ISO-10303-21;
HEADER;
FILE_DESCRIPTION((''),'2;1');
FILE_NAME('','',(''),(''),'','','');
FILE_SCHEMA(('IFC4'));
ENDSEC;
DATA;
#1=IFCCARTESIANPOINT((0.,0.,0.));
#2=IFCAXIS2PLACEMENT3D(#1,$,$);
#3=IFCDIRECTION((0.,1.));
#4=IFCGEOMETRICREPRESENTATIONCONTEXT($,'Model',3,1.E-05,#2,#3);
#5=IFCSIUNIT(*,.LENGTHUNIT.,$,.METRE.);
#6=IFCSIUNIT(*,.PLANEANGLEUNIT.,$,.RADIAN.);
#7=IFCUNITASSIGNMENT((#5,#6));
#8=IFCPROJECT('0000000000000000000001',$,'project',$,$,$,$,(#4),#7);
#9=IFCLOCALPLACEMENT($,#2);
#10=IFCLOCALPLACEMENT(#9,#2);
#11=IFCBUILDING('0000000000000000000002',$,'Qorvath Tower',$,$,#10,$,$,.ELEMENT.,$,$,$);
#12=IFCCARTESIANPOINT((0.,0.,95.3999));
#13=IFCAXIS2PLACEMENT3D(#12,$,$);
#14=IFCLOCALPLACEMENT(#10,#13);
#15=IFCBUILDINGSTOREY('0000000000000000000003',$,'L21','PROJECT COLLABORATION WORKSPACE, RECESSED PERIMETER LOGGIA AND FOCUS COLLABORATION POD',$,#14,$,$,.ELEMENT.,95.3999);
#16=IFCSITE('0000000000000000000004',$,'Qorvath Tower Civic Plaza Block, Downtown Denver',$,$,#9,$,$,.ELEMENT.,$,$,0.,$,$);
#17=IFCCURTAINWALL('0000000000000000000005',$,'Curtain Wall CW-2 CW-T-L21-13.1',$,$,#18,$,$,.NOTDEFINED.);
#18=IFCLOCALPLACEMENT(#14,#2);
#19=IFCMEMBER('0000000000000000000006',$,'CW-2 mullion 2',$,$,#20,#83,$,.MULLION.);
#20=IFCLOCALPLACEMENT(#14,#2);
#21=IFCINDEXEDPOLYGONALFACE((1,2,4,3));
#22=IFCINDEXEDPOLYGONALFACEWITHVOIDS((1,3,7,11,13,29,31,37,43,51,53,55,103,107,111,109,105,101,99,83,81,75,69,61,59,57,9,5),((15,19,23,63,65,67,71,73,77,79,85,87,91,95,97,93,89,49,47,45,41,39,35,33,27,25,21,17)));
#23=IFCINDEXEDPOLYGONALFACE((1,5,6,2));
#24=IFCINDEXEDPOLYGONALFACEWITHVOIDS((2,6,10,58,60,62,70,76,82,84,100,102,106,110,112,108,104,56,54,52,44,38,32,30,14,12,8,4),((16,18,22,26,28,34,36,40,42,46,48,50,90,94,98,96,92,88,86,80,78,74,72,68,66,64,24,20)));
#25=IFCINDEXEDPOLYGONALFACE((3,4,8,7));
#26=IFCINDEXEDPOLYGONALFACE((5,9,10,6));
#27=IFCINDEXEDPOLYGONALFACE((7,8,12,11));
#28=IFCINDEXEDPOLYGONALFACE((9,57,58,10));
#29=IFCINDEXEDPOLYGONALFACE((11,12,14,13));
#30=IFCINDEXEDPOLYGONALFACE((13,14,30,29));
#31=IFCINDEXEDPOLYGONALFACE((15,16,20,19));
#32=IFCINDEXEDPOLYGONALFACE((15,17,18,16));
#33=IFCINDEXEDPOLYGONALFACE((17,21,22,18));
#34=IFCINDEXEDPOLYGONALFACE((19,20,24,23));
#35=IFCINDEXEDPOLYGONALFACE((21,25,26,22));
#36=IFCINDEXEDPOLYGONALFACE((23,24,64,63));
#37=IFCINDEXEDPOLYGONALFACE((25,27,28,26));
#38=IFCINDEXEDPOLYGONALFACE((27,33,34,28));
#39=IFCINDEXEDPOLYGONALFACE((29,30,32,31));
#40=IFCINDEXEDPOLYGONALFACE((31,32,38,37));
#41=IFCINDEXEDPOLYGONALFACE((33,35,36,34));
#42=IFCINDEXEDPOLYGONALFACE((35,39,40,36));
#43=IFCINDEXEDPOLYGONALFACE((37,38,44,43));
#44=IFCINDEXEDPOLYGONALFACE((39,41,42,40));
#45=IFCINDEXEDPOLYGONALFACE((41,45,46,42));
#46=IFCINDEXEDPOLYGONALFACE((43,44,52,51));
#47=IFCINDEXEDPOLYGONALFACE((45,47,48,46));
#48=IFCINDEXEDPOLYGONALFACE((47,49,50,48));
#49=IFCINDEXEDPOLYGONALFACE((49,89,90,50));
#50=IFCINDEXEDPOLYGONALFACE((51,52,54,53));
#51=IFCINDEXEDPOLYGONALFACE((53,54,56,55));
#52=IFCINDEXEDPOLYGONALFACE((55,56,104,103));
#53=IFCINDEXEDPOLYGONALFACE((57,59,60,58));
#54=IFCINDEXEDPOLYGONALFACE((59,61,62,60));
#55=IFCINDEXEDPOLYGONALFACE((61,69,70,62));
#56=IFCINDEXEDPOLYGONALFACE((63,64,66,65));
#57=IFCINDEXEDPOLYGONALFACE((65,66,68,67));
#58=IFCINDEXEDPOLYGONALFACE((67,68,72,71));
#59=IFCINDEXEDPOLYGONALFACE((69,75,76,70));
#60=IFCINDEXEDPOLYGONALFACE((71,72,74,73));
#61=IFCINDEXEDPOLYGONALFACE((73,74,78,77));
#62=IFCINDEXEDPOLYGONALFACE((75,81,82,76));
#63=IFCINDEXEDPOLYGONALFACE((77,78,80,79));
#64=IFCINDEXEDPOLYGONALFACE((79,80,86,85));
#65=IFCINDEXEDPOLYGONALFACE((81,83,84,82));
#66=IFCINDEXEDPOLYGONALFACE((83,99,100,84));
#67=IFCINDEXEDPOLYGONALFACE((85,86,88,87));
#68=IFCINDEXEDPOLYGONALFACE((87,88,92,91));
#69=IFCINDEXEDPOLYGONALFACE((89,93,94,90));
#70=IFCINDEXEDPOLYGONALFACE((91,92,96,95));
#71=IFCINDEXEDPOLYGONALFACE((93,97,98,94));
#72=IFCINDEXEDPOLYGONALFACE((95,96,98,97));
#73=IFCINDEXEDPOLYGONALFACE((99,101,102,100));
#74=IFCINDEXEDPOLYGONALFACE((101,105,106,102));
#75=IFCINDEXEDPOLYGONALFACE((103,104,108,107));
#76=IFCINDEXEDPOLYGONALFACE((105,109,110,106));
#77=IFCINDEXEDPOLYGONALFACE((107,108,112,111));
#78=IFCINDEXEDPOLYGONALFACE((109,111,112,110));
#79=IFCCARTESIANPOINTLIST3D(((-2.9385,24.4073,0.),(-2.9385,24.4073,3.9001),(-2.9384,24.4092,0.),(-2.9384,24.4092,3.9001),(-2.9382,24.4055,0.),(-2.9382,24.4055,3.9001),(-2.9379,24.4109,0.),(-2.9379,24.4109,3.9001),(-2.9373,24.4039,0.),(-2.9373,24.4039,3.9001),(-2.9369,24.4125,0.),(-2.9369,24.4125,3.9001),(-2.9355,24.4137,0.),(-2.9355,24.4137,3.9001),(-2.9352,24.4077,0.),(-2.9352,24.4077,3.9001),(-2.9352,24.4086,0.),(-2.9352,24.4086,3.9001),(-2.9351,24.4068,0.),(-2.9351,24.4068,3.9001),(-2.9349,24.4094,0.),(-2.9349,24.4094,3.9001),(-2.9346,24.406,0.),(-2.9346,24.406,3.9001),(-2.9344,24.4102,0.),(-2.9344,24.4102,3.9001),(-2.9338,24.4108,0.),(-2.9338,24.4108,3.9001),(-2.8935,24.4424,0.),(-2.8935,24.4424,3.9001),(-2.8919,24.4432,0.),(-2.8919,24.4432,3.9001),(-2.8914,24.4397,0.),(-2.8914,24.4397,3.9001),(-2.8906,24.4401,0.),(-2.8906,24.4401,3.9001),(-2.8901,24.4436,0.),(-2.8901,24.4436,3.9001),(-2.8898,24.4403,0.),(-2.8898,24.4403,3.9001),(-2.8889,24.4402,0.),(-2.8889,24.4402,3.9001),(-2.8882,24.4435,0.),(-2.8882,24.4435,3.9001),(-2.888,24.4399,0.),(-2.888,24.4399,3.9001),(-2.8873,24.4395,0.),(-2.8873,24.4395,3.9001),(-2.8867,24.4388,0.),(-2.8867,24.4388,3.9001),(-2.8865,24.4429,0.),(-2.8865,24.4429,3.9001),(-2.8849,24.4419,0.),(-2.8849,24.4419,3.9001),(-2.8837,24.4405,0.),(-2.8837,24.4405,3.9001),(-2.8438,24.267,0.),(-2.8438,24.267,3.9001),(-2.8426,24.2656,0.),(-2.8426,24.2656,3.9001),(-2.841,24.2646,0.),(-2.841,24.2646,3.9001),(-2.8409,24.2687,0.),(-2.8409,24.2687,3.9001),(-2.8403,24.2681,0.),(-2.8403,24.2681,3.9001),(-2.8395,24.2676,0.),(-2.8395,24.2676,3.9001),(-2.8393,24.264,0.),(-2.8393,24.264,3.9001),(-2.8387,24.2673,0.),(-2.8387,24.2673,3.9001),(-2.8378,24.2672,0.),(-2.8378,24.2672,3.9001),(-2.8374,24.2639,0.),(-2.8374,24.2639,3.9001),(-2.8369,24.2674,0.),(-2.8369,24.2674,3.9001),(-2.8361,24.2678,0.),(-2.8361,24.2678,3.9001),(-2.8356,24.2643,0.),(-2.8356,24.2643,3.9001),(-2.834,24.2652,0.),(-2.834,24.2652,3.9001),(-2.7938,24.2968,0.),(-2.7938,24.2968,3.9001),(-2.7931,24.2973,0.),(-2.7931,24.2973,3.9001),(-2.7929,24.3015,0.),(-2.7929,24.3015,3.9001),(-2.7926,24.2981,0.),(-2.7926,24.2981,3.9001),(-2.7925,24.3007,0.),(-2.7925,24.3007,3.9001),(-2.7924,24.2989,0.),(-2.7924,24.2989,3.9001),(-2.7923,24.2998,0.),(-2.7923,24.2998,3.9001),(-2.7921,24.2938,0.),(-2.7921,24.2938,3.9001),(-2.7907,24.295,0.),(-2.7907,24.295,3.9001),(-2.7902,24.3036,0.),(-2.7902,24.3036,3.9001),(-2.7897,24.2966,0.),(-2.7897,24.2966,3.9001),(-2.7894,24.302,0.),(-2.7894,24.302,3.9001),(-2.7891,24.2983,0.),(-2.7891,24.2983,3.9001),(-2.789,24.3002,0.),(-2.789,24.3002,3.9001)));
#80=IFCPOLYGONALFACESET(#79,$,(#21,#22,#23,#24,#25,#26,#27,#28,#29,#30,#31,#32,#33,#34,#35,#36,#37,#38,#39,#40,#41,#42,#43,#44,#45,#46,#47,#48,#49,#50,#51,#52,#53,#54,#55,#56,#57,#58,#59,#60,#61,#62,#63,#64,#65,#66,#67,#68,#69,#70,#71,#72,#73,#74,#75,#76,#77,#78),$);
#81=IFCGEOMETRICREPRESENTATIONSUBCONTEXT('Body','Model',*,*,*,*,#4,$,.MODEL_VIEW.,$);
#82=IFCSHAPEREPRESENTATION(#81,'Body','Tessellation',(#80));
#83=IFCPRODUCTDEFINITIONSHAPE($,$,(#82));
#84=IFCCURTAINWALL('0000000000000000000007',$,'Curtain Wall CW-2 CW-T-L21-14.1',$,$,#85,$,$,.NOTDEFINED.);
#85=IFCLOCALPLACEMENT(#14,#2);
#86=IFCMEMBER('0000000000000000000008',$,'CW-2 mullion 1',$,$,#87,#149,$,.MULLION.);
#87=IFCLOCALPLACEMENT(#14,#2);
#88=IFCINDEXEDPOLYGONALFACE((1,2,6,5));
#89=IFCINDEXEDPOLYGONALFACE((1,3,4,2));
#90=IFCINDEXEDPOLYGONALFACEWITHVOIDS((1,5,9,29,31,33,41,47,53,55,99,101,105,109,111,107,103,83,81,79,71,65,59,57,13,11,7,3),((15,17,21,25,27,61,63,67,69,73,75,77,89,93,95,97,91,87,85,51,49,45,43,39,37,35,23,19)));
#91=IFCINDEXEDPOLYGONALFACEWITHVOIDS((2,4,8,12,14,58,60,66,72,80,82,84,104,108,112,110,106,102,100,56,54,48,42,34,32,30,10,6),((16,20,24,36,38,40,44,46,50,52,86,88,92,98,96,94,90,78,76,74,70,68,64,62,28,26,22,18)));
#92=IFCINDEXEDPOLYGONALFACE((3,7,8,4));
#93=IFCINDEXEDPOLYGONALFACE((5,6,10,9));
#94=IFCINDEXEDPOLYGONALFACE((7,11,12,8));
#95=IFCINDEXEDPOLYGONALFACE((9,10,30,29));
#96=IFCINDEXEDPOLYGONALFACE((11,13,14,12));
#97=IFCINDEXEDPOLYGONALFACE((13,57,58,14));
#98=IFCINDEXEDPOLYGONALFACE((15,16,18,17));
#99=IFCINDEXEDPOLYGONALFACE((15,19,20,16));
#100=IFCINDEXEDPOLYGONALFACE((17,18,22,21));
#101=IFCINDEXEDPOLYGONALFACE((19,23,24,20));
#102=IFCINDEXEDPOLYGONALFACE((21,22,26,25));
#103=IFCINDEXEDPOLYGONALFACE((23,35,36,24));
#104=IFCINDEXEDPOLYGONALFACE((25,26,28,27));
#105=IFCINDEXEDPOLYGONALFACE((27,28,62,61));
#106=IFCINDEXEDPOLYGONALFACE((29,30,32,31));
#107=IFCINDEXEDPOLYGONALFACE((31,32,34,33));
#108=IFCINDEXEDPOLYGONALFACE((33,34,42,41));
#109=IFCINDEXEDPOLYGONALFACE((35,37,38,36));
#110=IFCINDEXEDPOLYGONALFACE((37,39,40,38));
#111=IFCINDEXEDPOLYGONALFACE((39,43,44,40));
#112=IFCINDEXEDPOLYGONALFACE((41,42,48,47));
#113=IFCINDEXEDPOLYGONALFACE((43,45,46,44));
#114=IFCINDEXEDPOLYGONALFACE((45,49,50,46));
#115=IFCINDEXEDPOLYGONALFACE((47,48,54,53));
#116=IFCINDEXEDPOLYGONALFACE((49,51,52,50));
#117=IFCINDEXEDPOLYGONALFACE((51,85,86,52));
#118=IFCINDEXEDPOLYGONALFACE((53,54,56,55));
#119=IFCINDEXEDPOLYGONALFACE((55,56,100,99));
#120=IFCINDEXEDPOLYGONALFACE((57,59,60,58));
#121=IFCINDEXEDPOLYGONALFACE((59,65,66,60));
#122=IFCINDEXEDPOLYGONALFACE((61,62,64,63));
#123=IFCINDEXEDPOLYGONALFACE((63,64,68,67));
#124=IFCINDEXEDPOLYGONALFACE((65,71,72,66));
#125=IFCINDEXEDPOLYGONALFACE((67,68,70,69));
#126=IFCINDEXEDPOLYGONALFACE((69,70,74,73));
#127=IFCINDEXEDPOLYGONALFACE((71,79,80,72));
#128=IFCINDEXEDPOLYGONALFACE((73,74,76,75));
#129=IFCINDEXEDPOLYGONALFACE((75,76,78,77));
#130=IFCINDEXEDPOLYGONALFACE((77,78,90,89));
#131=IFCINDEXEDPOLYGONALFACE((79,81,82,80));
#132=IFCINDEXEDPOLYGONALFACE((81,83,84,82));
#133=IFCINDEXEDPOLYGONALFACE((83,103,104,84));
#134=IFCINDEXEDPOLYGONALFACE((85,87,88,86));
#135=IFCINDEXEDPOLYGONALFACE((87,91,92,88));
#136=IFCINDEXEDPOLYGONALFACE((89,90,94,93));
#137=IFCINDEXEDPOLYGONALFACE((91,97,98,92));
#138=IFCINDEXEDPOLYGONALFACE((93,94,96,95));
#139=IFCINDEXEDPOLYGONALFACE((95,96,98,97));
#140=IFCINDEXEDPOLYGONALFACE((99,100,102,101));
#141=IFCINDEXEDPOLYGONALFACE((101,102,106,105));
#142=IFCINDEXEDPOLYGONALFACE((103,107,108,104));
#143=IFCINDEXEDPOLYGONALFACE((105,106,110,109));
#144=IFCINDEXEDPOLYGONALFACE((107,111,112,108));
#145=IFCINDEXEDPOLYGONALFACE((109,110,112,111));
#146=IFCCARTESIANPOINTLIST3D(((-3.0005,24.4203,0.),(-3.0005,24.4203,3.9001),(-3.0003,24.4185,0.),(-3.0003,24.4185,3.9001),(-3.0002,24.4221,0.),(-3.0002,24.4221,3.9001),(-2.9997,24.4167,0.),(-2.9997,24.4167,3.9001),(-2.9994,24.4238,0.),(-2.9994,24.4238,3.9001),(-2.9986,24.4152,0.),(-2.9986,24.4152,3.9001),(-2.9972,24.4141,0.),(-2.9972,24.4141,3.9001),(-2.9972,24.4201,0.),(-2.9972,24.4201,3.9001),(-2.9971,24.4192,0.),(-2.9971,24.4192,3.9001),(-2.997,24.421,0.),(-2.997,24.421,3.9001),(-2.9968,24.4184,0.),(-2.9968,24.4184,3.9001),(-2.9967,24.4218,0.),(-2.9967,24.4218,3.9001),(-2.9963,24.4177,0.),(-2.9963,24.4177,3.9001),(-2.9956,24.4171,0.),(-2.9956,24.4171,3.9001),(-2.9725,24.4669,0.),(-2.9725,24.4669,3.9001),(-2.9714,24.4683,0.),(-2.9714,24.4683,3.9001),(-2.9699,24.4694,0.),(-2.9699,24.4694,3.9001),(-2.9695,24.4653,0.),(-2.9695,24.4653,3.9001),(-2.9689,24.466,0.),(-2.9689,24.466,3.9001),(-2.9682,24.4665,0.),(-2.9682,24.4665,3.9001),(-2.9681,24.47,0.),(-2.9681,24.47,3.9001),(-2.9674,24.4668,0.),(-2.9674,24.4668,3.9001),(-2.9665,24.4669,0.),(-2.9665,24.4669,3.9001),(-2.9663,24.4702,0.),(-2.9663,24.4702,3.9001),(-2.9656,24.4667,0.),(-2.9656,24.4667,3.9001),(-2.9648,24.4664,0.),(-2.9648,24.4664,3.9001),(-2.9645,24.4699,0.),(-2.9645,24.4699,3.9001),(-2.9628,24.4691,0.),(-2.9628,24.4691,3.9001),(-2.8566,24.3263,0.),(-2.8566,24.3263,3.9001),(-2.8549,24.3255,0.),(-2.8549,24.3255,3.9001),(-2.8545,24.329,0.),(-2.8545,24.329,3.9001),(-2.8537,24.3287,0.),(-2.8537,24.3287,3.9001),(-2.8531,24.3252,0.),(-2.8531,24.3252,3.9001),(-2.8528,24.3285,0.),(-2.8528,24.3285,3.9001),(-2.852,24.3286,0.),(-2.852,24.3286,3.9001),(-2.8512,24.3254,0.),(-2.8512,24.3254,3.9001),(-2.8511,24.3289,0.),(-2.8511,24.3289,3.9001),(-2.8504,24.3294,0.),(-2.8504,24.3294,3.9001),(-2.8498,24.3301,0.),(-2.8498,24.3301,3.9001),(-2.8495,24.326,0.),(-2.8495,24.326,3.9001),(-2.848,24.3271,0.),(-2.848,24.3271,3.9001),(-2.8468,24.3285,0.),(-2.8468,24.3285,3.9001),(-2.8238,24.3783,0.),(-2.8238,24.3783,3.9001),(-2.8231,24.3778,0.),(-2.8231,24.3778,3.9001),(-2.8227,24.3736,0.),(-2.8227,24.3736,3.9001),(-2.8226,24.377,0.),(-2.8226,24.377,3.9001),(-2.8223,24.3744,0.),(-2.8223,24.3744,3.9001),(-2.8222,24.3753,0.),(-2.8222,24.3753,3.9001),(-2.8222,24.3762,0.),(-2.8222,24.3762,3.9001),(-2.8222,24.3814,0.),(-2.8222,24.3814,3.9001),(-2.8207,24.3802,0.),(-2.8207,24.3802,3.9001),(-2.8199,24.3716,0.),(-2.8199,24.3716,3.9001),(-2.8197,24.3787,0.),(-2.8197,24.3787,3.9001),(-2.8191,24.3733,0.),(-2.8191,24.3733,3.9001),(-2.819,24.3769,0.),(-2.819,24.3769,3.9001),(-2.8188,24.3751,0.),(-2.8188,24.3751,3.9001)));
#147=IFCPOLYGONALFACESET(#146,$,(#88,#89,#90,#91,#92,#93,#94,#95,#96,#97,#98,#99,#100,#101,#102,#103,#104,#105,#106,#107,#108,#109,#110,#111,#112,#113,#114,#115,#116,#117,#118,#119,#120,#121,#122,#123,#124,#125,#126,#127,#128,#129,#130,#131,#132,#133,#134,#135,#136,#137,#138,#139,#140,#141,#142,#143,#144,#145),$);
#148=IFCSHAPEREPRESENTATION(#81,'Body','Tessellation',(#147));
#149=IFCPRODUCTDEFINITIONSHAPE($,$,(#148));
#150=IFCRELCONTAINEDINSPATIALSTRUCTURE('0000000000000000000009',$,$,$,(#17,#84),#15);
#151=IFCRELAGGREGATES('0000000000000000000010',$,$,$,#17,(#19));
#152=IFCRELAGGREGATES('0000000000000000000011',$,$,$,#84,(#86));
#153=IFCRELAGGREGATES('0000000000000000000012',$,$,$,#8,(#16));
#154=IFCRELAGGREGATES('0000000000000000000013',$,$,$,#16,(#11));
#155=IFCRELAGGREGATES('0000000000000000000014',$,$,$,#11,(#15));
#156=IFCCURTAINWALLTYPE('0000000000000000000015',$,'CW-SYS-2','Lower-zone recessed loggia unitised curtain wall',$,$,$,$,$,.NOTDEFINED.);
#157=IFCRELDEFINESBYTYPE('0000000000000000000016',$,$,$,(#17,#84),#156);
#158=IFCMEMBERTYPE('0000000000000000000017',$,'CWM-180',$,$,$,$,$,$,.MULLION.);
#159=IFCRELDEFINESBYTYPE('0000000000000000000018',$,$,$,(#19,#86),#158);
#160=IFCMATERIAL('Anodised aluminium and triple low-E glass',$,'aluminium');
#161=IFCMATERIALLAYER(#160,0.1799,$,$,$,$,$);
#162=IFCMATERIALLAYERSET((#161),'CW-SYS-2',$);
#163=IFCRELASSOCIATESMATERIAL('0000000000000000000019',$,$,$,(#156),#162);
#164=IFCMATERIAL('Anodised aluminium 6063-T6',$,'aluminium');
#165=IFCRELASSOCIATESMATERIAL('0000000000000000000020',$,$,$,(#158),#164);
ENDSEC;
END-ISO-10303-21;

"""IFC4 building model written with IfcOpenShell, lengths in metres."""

from ifc_helpers import new_model, si_unit, direction, frame, origin, origin_2d, place, context, subcontext, project, spatial, hollow_rectangle, extrude, material, layer, layer_set, material_profile, profile_set, type_object, element, aggregate, save


model = new_model("IFC4")

# Units and contexts
model_context = context("Model", 3, precision=1e-05, world=origin(), true_north=direction((0.0, 1.0)))
body_context = subcontext(model_context, "Body", "Model", "MODEL_VIEW")
ifc_project = project(units=[si_unit("LENGTHUNIT", "METRE"), si_unit("PLANEANGLEUNIT", "RADIAN")], contexts=[model_context])

# Site, building, storey
site_placement = place(None, origin())
site = spatial("IfcSite", under=ifc_project, at=site_placement, Name="Qorvath Tower Civic Plaza Block, Downtown Denver", CompositionType="ELEMENT", RefElevation=0.0)
building_placement = place(site_placement, origin())
building = spatial("IfcBuilding", under=site, at=building_placement, Name="Qorvath Tower", CompositionType="ELEMENT")
storey_placement = place(building_placement, frame((0.0, 0.0, 95.3999)))
storey = spatial("IfcBuildingStorey", under=building, at=storey_placement, Name="L21", Description="PROJECT COLLABORATION WORKSPACE, RECESSED PERIMETER LOGGIA AND FOCUS COLLABORATION POD", CompositionType="ELEMENT", Elevation=95.3999)

# Shared definitions
ifc_material_1 = material(Name="Anodised aluminium and triple low-E glass", Category="aluminium")
ifc_layer_1 = layer(ifc_material_1, 0.1799)
ifc_layer_set_1 = layer_set([ifc_layer_1], Name="CW-SYS-2")
curtain_wall_type = type_object("IfcCurtainWallType", Name="CW-SYS-2", Description="Lower-zone recessed loggia unitised curtain wall", PredefinedType="NOTDEFINED", material=ifc_layer_set_1)
ifc_material_2 = material(Name="Anodised aluminium 6063-T6", Category="aluminium")
ifc_material_profile_1 = material_profile(ifc_material_2, hollow_rectangle(XDim=0.0649, YDim=0.1799, WallThickness=0.0034, InnerFilletRadius=0.0034, OuterFilletRadius=0.0071, at=origin_2d()), Name="CWM 180x65")
ifc_profile_set_1 = profile_set([ifc_material_profile_1], Name="Anodised aluminium 6063-T6")
member_type_1 = type_object("IfcMemberType", Name="CWM-180", PredefinedType="MULLION", material=ifc_profile_set_1)

# Curtain walls, members
curtain_wall_1_placement = place(storey_placement, origin())
curtain_wall_1 = element("IfcCurtainWall", 1, at=curtain_wall_1_placement, inside=storey, type_object=curtain_wall_type, Name="Curtain Wall CW-2 CW-T-L21-13.1", PredefinedType="NOTDEFINED")
member_1_placement = place(storey_placement, frame((-2.8638, 24.3538, 0.0), z_axis=(0.0, 0.0, 1.0), x_axis=(-0.825733, -0.564062, 0.0)))
member_1 = element("IfcMember", 2, at=member_1_placement, type_object=member_type_1, Name="CW-2 mullion 2", PredefinedType="MULLION", context=body_context, shape_type="SweptSolid", body=[
    extrude(hollow_rectangle(XDim=0.0649, YDim=0.1799, WallThickness=0.0034, InnerFilletRadius=0.0034, OuterFilletRadius=0.0071, at=origin_2d()), origin(), (0.0, 0.0, 1.0), 3.9001),
])
curtain_wall_2_placement = place(storey_placement, origin())
curtain_wall_2 = element("IfcCurtainWall", 3, at=curtain_wall_2_placement, inside=storey, type_object=curtain_wall_type, Name="Curtain Wall CW-2 CW-T-L21-14.1", PredefinedType="NOTDEFINED")
member_2_placement = place(storey_placement, frame((-2.9097, 24.3977, 0.0), z_axis=(0.0, 0.0, 1.0), x_axis=(-0.529596, -0.84825, 0.0)))
member_2 = element("IfcMember", 4, at=member_2_placement, type_object=member_type_1, Name="CW-2 mullion 1", PredefinedType="MULLION", context=body_context, shape_type="SweptSolid", body=[
    extrude(hollow_rectangle(XDim=0.0649, YDim=0.1799, WallThickness=0.0034, InnerFilletRadius=0.0034, OuterFilletRadius=0.0071, at=origin_2d()), origin(), (0.0, 0.0, 1.0), 3.9001),
])

aggregate(curtain_wall_1, [member_1])
aggregate(curtain_wall_2, [member_2])

save(model, "model.ifc")
